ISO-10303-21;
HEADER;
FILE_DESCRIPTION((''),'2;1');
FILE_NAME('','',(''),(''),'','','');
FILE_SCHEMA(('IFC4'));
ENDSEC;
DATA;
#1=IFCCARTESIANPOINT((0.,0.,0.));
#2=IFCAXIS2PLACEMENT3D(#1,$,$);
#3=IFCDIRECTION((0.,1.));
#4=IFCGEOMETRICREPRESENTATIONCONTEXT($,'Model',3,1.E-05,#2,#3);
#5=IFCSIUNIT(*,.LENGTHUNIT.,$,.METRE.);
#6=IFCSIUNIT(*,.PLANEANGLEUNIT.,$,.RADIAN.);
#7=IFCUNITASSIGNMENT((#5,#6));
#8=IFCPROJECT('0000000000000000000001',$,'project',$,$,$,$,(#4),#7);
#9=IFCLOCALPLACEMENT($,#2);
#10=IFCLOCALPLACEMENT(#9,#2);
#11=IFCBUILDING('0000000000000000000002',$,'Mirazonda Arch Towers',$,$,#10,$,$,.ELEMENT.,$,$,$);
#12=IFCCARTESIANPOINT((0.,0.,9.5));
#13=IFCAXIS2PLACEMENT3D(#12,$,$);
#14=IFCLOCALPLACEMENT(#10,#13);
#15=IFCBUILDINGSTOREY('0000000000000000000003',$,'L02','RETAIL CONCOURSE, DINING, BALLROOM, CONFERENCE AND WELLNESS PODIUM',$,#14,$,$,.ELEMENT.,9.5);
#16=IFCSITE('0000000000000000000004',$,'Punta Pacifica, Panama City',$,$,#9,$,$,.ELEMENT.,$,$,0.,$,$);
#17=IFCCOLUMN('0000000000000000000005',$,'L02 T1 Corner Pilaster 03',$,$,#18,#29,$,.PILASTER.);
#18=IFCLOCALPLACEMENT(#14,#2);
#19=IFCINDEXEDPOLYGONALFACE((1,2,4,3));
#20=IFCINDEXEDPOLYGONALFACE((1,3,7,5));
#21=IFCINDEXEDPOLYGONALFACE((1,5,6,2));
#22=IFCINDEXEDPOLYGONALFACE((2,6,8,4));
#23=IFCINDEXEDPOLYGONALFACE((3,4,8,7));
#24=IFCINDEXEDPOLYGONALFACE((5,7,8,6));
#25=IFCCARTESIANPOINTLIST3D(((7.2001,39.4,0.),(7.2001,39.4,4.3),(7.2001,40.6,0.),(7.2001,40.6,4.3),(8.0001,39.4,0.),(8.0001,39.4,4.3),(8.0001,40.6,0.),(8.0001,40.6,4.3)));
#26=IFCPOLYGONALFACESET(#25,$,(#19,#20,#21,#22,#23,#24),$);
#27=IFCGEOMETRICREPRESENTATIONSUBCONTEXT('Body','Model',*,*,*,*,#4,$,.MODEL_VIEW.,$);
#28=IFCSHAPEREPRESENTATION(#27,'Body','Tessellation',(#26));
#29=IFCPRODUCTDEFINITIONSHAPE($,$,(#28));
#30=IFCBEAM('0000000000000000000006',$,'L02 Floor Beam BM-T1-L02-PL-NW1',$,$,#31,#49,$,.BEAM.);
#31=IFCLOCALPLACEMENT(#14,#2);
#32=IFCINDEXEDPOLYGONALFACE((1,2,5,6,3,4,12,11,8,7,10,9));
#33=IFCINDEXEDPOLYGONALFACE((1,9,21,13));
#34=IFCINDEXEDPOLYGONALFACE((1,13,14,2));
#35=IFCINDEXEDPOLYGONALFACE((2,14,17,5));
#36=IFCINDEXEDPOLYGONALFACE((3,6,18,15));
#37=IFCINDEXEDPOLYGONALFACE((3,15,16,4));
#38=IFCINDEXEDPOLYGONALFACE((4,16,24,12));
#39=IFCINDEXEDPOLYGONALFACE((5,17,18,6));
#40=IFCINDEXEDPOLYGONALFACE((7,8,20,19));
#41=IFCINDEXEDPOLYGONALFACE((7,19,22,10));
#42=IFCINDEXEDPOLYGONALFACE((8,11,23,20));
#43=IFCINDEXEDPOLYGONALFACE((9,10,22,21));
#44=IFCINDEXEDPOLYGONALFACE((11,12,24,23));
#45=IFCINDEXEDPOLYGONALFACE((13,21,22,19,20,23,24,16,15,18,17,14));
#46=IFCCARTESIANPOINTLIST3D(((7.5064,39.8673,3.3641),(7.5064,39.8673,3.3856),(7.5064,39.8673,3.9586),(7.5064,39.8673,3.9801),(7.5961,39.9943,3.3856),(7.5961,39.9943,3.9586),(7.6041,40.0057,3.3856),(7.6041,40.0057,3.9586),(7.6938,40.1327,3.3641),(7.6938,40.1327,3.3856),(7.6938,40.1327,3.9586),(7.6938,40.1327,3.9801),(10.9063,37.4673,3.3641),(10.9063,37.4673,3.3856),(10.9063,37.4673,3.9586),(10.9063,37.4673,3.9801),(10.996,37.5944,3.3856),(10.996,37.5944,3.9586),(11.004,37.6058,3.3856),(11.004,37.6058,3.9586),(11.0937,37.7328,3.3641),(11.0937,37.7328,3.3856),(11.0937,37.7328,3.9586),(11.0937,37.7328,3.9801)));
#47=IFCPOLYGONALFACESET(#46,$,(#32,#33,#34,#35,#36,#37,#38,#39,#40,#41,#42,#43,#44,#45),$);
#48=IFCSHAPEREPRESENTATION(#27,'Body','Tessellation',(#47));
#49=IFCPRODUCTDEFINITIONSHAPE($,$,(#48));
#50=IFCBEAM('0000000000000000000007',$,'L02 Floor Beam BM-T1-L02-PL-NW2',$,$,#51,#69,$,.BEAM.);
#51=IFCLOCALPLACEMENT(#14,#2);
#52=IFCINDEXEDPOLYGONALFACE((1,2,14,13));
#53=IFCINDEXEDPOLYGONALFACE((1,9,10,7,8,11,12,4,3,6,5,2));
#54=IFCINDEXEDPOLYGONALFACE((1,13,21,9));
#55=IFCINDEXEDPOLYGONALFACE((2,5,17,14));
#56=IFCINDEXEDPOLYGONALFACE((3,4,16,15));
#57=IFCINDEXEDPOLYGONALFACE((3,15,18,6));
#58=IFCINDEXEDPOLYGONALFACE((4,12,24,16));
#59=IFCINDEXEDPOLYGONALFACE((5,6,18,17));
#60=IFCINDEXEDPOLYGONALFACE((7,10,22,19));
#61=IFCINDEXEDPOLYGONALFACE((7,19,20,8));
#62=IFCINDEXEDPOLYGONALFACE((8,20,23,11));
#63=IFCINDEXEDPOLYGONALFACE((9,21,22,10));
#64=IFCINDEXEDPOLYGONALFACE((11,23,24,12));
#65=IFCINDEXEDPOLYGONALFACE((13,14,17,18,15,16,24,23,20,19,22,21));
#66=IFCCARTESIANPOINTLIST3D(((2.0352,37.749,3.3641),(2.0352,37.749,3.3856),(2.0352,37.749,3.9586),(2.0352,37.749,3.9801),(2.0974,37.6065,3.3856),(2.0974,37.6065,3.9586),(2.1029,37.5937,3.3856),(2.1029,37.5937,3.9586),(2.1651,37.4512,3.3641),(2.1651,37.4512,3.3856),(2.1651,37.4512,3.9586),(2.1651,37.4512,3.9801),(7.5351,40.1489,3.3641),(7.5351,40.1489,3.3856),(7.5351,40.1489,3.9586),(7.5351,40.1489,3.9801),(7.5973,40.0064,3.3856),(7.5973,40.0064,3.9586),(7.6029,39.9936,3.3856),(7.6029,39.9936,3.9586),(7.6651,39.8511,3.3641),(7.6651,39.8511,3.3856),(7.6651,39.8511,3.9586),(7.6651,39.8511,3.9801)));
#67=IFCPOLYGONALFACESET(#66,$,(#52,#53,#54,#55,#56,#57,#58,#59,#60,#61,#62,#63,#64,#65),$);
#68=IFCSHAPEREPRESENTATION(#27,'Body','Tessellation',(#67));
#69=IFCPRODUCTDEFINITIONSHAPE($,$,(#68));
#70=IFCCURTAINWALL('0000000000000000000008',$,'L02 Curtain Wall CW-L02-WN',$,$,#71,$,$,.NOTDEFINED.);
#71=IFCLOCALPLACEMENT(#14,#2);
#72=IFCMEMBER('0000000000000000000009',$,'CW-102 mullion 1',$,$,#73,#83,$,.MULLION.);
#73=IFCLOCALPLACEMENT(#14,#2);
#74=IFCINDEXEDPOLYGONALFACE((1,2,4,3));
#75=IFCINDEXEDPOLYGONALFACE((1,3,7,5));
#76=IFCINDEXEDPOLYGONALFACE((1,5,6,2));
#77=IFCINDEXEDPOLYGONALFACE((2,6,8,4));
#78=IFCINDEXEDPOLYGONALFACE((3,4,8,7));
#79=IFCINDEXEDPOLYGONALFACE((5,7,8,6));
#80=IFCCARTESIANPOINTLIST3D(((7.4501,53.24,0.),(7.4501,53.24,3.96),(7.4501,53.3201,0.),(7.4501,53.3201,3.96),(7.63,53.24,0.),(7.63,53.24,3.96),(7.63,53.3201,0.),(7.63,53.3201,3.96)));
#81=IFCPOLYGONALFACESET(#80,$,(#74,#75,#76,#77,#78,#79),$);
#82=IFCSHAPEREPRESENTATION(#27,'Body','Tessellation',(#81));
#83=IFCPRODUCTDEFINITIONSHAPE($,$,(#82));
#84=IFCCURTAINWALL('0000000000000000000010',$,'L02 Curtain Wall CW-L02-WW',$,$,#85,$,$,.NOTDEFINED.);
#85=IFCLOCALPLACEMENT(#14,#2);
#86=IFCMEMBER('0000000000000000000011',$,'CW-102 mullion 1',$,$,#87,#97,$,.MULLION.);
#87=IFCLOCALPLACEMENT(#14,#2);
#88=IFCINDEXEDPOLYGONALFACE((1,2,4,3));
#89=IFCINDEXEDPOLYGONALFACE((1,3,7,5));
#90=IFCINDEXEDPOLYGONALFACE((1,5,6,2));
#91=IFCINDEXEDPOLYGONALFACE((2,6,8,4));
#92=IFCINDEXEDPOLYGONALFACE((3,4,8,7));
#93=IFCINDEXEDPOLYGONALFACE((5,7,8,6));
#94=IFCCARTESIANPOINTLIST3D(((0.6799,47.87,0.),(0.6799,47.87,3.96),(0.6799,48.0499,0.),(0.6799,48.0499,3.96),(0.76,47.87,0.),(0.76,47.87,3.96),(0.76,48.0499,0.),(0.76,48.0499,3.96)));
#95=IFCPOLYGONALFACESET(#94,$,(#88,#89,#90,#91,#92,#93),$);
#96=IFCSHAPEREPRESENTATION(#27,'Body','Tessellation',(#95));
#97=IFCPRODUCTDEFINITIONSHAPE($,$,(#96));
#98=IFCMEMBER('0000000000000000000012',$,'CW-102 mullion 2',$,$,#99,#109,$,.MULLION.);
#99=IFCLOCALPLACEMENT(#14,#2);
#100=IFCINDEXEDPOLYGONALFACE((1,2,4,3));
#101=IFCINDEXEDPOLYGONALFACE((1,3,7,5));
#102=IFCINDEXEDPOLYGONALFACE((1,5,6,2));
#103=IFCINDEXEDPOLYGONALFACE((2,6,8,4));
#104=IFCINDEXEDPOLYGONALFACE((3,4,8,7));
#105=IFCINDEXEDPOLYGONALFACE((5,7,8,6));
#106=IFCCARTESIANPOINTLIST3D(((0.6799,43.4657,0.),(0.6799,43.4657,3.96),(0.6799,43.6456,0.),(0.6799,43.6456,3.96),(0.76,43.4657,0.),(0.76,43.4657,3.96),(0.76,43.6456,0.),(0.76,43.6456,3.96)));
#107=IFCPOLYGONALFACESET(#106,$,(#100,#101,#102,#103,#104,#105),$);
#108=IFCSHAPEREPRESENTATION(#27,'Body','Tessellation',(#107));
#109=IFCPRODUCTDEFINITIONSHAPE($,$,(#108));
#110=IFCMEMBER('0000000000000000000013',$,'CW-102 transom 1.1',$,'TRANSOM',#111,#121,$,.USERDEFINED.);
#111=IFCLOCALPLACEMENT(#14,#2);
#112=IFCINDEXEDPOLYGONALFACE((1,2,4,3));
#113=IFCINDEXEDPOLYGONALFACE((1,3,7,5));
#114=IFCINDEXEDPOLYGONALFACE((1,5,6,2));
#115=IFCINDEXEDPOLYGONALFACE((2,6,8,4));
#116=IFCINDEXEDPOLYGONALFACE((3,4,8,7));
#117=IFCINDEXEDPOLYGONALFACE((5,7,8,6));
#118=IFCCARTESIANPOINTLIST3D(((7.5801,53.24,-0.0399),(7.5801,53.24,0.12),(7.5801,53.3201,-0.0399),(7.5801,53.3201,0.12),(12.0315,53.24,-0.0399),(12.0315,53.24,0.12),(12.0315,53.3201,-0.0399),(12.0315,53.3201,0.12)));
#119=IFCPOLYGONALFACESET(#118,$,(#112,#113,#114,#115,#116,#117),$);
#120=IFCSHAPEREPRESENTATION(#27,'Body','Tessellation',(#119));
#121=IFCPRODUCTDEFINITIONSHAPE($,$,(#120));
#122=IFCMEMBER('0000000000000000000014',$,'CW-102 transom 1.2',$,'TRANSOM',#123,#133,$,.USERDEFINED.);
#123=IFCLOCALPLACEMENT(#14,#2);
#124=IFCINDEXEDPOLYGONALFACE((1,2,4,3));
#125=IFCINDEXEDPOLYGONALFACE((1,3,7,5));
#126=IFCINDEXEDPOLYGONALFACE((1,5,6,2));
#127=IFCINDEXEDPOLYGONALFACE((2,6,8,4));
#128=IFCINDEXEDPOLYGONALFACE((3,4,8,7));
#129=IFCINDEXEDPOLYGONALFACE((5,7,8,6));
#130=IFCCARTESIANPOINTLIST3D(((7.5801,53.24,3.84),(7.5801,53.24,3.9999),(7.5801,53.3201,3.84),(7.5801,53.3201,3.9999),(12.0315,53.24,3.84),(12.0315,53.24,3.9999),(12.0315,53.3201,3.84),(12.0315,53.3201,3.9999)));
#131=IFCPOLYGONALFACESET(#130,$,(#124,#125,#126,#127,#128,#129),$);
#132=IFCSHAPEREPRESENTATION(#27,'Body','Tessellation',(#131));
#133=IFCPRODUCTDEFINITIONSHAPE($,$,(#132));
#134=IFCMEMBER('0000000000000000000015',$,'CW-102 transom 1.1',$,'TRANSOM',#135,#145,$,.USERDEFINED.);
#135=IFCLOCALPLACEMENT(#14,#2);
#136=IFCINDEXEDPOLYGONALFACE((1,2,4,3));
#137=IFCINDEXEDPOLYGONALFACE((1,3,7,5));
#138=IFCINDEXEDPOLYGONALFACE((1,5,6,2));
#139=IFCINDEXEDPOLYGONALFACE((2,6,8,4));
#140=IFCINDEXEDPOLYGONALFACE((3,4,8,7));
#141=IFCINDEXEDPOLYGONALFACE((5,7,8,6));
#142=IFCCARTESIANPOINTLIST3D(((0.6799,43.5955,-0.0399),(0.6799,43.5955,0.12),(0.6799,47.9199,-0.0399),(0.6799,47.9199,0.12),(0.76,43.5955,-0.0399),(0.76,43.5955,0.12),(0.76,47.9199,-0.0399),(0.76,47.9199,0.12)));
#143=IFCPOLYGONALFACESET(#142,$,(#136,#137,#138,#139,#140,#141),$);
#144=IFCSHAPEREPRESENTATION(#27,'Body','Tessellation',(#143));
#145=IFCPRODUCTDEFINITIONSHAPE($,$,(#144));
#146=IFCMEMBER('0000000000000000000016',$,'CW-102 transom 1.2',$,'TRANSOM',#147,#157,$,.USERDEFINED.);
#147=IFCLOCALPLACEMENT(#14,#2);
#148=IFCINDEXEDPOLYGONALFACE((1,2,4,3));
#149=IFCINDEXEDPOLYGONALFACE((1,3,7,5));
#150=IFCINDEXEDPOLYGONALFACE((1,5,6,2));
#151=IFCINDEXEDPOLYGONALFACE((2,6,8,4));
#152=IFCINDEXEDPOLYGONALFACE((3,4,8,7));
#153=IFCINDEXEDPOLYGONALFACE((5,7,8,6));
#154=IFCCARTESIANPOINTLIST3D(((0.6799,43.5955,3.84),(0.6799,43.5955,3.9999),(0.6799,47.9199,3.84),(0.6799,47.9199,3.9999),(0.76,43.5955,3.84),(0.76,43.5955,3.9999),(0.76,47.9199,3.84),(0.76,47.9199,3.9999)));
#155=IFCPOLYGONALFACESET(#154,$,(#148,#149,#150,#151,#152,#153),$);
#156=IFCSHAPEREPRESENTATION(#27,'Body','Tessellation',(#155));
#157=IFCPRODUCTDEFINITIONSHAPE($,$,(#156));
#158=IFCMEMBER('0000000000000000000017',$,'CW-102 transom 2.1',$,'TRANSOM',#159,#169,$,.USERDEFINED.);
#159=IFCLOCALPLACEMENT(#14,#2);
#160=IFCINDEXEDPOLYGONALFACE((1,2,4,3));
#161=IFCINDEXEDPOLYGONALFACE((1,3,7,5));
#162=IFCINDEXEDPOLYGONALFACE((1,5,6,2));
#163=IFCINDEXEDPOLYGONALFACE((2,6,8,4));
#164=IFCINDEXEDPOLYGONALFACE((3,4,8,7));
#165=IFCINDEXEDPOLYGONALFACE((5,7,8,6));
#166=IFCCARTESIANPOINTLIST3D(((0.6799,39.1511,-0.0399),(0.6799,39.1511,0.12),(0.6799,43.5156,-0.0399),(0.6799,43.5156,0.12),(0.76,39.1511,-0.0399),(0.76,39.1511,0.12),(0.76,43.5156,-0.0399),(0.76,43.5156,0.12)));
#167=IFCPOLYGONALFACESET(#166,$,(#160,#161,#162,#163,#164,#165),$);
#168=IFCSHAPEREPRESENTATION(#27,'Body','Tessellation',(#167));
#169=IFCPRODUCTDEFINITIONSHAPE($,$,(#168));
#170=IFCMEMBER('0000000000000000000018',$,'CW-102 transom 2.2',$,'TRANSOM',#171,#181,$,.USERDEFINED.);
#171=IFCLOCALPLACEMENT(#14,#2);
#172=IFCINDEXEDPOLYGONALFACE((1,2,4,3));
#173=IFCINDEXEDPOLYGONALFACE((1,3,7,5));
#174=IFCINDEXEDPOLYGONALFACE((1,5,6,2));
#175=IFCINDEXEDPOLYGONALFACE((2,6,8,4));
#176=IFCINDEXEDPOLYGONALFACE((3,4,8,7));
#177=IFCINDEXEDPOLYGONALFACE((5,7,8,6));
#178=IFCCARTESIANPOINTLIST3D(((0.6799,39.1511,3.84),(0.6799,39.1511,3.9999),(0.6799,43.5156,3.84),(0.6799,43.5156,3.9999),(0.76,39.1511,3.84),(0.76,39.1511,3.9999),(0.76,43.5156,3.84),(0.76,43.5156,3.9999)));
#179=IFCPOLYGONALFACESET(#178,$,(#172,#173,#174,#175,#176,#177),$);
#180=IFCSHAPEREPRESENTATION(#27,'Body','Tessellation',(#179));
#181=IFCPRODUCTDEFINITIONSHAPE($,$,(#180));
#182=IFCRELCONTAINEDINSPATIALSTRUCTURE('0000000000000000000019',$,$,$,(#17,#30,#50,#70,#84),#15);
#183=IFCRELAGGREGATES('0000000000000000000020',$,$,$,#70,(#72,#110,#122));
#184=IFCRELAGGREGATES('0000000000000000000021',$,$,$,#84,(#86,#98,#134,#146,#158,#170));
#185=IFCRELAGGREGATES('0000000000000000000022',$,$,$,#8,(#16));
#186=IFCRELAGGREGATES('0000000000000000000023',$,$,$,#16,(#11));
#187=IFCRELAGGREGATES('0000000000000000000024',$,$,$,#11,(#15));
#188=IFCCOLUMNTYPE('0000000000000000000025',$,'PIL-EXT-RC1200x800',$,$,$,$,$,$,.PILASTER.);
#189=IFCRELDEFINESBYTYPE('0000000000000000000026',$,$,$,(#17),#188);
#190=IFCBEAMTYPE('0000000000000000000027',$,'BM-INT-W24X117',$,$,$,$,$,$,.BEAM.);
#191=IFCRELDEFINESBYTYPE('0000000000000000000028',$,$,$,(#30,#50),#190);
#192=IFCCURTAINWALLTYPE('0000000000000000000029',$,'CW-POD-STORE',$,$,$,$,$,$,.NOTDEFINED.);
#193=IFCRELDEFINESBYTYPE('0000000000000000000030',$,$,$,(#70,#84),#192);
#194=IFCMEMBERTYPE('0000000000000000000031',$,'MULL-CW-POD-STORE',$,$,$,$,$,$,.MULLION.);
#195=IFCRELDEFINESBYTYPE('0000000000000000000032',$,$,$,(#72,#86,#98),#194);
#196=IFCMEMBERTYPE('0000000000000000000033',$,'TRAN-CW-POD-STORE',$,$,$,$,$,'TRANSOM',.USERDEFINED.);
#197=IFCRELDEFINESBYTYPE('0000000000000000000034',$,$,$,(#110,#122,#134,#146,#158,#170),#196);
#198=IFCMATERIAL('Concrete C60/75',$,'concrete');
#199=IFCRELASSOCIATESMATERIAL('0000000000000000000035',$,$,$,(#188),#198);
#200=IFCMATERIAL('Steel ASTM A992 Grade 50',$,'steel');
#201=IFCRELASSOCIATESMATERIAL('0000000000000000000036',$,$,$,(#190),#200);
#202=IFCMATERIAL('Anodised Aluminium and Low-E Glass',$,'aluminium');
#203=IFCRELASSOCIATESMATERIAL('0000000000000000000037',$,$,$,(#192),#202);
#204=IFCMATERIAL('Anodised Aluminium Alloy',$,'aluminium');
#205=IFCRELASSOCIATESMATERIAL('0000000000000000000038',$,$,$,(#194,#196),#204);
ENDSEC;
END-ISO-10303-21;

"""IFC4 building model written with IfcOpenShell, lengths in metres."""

from ifc_helpers import new_model, si_unit, direction, frame, origin, origin_2d, place, context, subcontext, project, spatial, rectangle, i_section, extrude, material, material_profile, profile_set, type_object, element, aggregate, save


model = new_model("IFC4")

# Units and contexts
model_context = context("Model", 3, precision=1e-05, world=origin(), true_north=direction((0.0, 1.0)))
body_context = subcontext(model_context, "Body", "Model", "MODEL_VIEW")
ifc_project = project(units=[si_unit("LENGTHUNIT", "METRE"), si_unit("PLANEANGLEUNIT", "RADIAN")], contexts=[model_context])

# Site, building, storey
site_placement = place(None, origin())
site = spatial("IfcSite", under=ifc_project, at=site_placement, Name="Punta Pacifica, Panama City", CompositionType="ELEMENT", RefElevation=0.0)
building_placement = place(site_placement, origin())
building = spatial("IfcBuilding", under=site, at=building_placement, Name="Mirazonda Arch Towers", CompositionType="ELEMENT")
storey_placement = place(building_placement, frame((0.0, 0.0, 9.5)))
storey = spatial("IfcBuildingStorey", under=building, at=storey_placement, Name="L02", Description="RETAIL CONCOURSE, DINING, BALLROOM, CONFERENCE AND WELLNESS PODIUM", CompositionType="ELEMENT", Elevation=9.5)

# Column
ifc_material_1 = material(Name="Concrete C60/75", Category="concrete")
ifc_material_profile_1 = material_profile(ifc_material_1, rectangle(XDim=0.8, YDim=1.2, at=origin_2d()), Name="RC1200x800")
ifc_profile_set_1 = profile_set([ifc_material_profile_1], Name="Concrete C60/75")
column_type = type_object("IfcColumnType", Name="PIL-EXT-RC1200x800", PredefinedType="PILASTER", material=ifc_profile_set_1)
column_placement = place(storey_placement, frame((7.6001, 40.0, 0.0), z_axis=(0.0, 0.0, 1.0), x_axis=(1.0, 0.0, 0.0)))
element("IfcColumn", 1, at=column_placement, inside=storey, type_object=column_type, Name="L02 T1 Corner Pilaster 03", PredefinedType="PILASTER", context=body_context, shape_type="SweptSolid", body=[
    extrude(rectangle(XDim=0.8, YDim=1.2, at=origin_2d()), origin(), (0.0, 0.0, 1.0), 4.3),
])

# Beams
ifc_material_2 = material(Name="Steel ASTM A992 Grade 50", Category="steel")
ifc_material_profile_2 = material_profile(ifc_material_2, i_section(OverallWidth=0.325, OverallDepth=0.616, WebThickness=0.0139, FlangeThickness=0.0215, at=origin_2d()), Name="W24X117")
ifc_profile_set_2 = profile_set([ifc_material_profile_2], Name="Steel ASTM A992 Grade 50")
beam_type = type_object("IfcBeamType", Name="BM-INT-W24X117", PredefinedType="BEAM", material=ifc_profile_set_2)
beam_1_placement = place(storey_placement, frame((7.6001, 40.0, 3.6721), z_axis=(0.816971, -0.576679, 0.0), x_axis=(0.576679, 0.816971, 0.0)))
element("IfcBeam", 2, at=beam_1_placement, inside=storey, type_object=beam_type, Name="L02 Floor Beam BM-T1-L02-PL-NW1", PredefinedType="BEAM", context=body_context, shape_type="SweptSolid", body=[
    extrude(i_section(OverallWidth=0.325, OverallDepth=0.616, WebThickness=0.0139, FlangeThickness=0.0215, at=origin_2d()), origin(), (0.0, 0.0, 1.0), 4.1616),
])
beam_2_placement = place(storey_placement, frame((7.6001, 40.0, 3.6721), z_axis=(-0.916545, -0.399931, 0.0), x_axis=(0.399931, -0.916545, 0.0)))
element("IfcBeam", 3, at=beam_2_placement, inside=storey, type_object=beam_type, Name="L02 Floor Beam BM-T1-L02-PL-NW2", PredefinedType="BEAM", context=body_context, shape_type="SweptSolid", body=[
    extrude(i_section(OverallWidth=0.325, OverallDepth=0.616, WebThickness=0.0139, FlangeThickness=0.0215, at=origin_2d()), origin(), (0.0, 0.0, 1.0), 6.0007),
])

# Curtain wall, member
ifc_material_3 = material(Name="Anodised Aluminium and Low-E Glass", Category="aluminium")
curtain_wall_type = type_object("IfcCurtainWallType", Name="CW-POD-STORE", PredefinedType="NOTDEFINED", material=ifc_material_3)
curtain_wall_1_placement = place(storey_placement, origin())
curtain_wall_1 = element("IfcCurtainWall", 4, at=curtain_wall_1_placement, inside=storey, type_object=curtain_wall_type, Name="L02 Curtain Wall CW-L02-WN", PredefinedType="NOTDEFINED")
ifc_material_4 = material(Name="Anodised Aluminium Alloy", Category="aluminium")
ifc_material_profile_3 = material_profile(ifc_material_4, rectangle(XDim=0.0801, YDim=0.1799, at=origin_2d()), Name="ALU-MULL-80x180")
ifc_profile_set_3 = profile_set([ifc_material_profile_3], Name="Anodised Aluminium Alloy")
member_type_1 = type_object("IfcMemberType", Name="MULL-CW-POD-STORE", PredefinedType="MULLION", material=ifc_profile_set_3)
member_1_placement = place(storey_placement, frame((7.54, 53.28, 0.0), z_axis=(0.0, 0.0, 1.0), x_axis=(0.0, 1.0, 0.0)))
member_1 = element("IfcMember", 5, at=member_1_placement, type_object=member_type_1, Name="CW-102 mullion 1", PredefinedType="MULLION", context=body_context, shape_type="SweptSolid", body=[
    extrude(rectangle(XDim=0.0801, YDim=0.1799, at=origin_2d()), origin(), (0.0, 0.0, 1.0), 3.96),
])

# Curtain wall, members
curtain_wall_2_placement = place(storey_placement, origin())
curtain_wall_2 = element("IfcCurtainWall", 6, at=curtain_wall_2_placement, inside=storey, type_object=curtain_wall_type, Name="L02 Curtain Wall CW-L02-WW", PredefinedType="NOTDEFINED")
member_2_placement = place(storey_placement, frame((0.72, 47.96, 0.0), z_axis=(0.0, 0.0, 1.0), x_axis=(1.0, 0.0, 0.0)))
member_2 = element("IfcMember", 7, at=member_2_placement, type_object=member_type_1, Name="CW-102 mullion 1", PredefinedType="MULLION", context=body_context, shape_type="SweptSolid", body=[
    extrude(rectangle(XDim=0.0801, YDim=0.1799, at=origin_2d()), origin(), (0.0, 0.0, 1.0), 3.96),
])
member_3_placement = place(storey_placement, frame((0.72, 43.5557, 0.0), z_axis=(0.0, 0.0, 1.0), x_axis=(1.0, 0.0, 0.0)))
member_3 = element("IfcMember", 8, at=member_3_placement, type_object=member_type_1, Name="CW-102 mullion 2", PredefinedType="MULLION", context=body_context, shape_type="SweptSolid", body=[
    extrude(rectangle(XDim=0.0801, YDim=0.1799, at=origin_2d()), origin(), (0.0, 0.0, 1.0), 3.96),
])

# Members
ifc_material_profile_4 = material_profile(ifc_material_4, rectangle(XDim=0.0801, YDim=0.1599, at=origin_2d()), Name="ALU-TRAN-80x160")
ifc_profile_set_4 = profile_set([ifc_material_profile_4], Name="Anodised Aluminium Alloy")
member_type_2 = type_object("IfcMemberType", Name="TRAN-CW-POD-STORE", ElementType="TRANSOM", PredefinedType="USERDEFINED", material=ifc_profile_set_4)
member_4_placement = place(storey_placement, frame((7.5801, 53.28, 0.04), z_axis=(1.0, 0.0, 0.0), x_axis=(0.0, 1.0, 0.0)))
member_4 = element("IfcMember", 9, at=member_4_placement, type_object=member_type_2, Name="CW-102 transom 1.1", ObjectType="TRANSOM", PredefinedType="USERDEFINED", context=body_context, shape_type="SweptSolid", body=[
    extrude(rectangle(XDim=0.0801, YDim=0.1599, at=origin_2d()), origin(), (0.0, 0.0, 1.0), 4.4514),
])
member_5_placement = place(storey_placement, frame((7.5801, 53.28, 3.9199), z_axis=(1.0, 0.0, 0.0), x_axis=(0.0, 1.0, 0.0)))
member_5 = element("IfcMember", 10, at=member_5_placement, type_object=member_type_2, Name="CW-102 transom 1.2", ObjectType="TRANSOM", PredefinedType="USERDEFINED", context=body_context, shape_type="SweptSolid", body=[
    extrude(rectangle(XDim=0.0801, YDim=0.1599, at=origin_2d()), origin(), (0.0, 0.0, 1.0), 4.4514),
])
member_6_placement = place(storey_placement, frame((0.72, 47.9199, 0.04), z_axis=(0.0, -1.0, 0.0), x_axis=(1.0, 0.0, 0.0)))
member_6 = element("IfcMember", 11, at=member_6_placement, type_object=member_type_2, Name="CW-102 transom 1.1", ObjectType="TRANSOM", PredefinedType="USERDEFINED", context=body_context, shape_type="SweptSolid", body=[
    extrude(rectangle(XDim=0.0801, YDim=0.1599, at=origin_2d()), origin(), (0.0, 0.0, 1.0), 4.3245),
])
member_7_placement = place(storey_placement, frame((0.72, 47.9199, 3.9199), z_axis=(0.0, -1.0, 0.0), x_axis=(1.0, 0.0, 0.0)))
member_7 = element("IfcMember", 12, at=member_7_placement, type_object=member_type_2, Name="CW-102 transom 1.2", ObjectType="TRANSOM", PredefinedType="USERDEFINED", context=body_context, shape_type="SweptSolid", body=[
    extrude(rectangle(XDim=0.0801, YDim=0.1599, at=origin_2d()), origin(), (0.0, 0.0, 1.0), 4.3245),
])
member_8_placement = place(storey_placement, frame((0.72, 43.5156, 0.04), z_axis=(0.0, -1.0, 0.0), x_axis=(1.0, 0.0, 0.0)))
member_8 = element("IfcMember", 13, at=member_8_placement, type_object=member_type_2, Name="CW-102 transom 2.1", ObjectType="TRANSOM", PredefinedType="USERDEFINED", context=body_context, shape_type="SweptSolid", body=[
    extrude(rectangle(XDim=0.0801, YDim=0.1599, at=origin_2d()), origin(), (0.0, 0.0, 1.0), 4.3645),
])
member_9_placement = place(storey_placement, frame((0.72, 43.5156, 3.9199), z_axis=(0.0, -1.0, 0.0), x_axis=(1.0, 0.0, 0.0)))
member_9 = element("IfcMember", 14, at=member_9_placement, type_object=member_type_2, Name="CW-102 transom 2.2", ObjectType="TRANSOM", PredefinedType="USERDEFINED", context=body_context, shape_type="SweptSolid", body=[
    extrude(rectangle(XDim=0.0801, YDim=0.1599, at=origin_2d()), origin(), (0.0, 0.0, 1.0), 4.3645),
])

aggregate(curtain_wall_1, [member_1, member_4, member_5])
aggregate(curtain_wall_2, [member_2, member_3, member_6, member_7, member_8, member_9])

save(model, "model.ifc")
